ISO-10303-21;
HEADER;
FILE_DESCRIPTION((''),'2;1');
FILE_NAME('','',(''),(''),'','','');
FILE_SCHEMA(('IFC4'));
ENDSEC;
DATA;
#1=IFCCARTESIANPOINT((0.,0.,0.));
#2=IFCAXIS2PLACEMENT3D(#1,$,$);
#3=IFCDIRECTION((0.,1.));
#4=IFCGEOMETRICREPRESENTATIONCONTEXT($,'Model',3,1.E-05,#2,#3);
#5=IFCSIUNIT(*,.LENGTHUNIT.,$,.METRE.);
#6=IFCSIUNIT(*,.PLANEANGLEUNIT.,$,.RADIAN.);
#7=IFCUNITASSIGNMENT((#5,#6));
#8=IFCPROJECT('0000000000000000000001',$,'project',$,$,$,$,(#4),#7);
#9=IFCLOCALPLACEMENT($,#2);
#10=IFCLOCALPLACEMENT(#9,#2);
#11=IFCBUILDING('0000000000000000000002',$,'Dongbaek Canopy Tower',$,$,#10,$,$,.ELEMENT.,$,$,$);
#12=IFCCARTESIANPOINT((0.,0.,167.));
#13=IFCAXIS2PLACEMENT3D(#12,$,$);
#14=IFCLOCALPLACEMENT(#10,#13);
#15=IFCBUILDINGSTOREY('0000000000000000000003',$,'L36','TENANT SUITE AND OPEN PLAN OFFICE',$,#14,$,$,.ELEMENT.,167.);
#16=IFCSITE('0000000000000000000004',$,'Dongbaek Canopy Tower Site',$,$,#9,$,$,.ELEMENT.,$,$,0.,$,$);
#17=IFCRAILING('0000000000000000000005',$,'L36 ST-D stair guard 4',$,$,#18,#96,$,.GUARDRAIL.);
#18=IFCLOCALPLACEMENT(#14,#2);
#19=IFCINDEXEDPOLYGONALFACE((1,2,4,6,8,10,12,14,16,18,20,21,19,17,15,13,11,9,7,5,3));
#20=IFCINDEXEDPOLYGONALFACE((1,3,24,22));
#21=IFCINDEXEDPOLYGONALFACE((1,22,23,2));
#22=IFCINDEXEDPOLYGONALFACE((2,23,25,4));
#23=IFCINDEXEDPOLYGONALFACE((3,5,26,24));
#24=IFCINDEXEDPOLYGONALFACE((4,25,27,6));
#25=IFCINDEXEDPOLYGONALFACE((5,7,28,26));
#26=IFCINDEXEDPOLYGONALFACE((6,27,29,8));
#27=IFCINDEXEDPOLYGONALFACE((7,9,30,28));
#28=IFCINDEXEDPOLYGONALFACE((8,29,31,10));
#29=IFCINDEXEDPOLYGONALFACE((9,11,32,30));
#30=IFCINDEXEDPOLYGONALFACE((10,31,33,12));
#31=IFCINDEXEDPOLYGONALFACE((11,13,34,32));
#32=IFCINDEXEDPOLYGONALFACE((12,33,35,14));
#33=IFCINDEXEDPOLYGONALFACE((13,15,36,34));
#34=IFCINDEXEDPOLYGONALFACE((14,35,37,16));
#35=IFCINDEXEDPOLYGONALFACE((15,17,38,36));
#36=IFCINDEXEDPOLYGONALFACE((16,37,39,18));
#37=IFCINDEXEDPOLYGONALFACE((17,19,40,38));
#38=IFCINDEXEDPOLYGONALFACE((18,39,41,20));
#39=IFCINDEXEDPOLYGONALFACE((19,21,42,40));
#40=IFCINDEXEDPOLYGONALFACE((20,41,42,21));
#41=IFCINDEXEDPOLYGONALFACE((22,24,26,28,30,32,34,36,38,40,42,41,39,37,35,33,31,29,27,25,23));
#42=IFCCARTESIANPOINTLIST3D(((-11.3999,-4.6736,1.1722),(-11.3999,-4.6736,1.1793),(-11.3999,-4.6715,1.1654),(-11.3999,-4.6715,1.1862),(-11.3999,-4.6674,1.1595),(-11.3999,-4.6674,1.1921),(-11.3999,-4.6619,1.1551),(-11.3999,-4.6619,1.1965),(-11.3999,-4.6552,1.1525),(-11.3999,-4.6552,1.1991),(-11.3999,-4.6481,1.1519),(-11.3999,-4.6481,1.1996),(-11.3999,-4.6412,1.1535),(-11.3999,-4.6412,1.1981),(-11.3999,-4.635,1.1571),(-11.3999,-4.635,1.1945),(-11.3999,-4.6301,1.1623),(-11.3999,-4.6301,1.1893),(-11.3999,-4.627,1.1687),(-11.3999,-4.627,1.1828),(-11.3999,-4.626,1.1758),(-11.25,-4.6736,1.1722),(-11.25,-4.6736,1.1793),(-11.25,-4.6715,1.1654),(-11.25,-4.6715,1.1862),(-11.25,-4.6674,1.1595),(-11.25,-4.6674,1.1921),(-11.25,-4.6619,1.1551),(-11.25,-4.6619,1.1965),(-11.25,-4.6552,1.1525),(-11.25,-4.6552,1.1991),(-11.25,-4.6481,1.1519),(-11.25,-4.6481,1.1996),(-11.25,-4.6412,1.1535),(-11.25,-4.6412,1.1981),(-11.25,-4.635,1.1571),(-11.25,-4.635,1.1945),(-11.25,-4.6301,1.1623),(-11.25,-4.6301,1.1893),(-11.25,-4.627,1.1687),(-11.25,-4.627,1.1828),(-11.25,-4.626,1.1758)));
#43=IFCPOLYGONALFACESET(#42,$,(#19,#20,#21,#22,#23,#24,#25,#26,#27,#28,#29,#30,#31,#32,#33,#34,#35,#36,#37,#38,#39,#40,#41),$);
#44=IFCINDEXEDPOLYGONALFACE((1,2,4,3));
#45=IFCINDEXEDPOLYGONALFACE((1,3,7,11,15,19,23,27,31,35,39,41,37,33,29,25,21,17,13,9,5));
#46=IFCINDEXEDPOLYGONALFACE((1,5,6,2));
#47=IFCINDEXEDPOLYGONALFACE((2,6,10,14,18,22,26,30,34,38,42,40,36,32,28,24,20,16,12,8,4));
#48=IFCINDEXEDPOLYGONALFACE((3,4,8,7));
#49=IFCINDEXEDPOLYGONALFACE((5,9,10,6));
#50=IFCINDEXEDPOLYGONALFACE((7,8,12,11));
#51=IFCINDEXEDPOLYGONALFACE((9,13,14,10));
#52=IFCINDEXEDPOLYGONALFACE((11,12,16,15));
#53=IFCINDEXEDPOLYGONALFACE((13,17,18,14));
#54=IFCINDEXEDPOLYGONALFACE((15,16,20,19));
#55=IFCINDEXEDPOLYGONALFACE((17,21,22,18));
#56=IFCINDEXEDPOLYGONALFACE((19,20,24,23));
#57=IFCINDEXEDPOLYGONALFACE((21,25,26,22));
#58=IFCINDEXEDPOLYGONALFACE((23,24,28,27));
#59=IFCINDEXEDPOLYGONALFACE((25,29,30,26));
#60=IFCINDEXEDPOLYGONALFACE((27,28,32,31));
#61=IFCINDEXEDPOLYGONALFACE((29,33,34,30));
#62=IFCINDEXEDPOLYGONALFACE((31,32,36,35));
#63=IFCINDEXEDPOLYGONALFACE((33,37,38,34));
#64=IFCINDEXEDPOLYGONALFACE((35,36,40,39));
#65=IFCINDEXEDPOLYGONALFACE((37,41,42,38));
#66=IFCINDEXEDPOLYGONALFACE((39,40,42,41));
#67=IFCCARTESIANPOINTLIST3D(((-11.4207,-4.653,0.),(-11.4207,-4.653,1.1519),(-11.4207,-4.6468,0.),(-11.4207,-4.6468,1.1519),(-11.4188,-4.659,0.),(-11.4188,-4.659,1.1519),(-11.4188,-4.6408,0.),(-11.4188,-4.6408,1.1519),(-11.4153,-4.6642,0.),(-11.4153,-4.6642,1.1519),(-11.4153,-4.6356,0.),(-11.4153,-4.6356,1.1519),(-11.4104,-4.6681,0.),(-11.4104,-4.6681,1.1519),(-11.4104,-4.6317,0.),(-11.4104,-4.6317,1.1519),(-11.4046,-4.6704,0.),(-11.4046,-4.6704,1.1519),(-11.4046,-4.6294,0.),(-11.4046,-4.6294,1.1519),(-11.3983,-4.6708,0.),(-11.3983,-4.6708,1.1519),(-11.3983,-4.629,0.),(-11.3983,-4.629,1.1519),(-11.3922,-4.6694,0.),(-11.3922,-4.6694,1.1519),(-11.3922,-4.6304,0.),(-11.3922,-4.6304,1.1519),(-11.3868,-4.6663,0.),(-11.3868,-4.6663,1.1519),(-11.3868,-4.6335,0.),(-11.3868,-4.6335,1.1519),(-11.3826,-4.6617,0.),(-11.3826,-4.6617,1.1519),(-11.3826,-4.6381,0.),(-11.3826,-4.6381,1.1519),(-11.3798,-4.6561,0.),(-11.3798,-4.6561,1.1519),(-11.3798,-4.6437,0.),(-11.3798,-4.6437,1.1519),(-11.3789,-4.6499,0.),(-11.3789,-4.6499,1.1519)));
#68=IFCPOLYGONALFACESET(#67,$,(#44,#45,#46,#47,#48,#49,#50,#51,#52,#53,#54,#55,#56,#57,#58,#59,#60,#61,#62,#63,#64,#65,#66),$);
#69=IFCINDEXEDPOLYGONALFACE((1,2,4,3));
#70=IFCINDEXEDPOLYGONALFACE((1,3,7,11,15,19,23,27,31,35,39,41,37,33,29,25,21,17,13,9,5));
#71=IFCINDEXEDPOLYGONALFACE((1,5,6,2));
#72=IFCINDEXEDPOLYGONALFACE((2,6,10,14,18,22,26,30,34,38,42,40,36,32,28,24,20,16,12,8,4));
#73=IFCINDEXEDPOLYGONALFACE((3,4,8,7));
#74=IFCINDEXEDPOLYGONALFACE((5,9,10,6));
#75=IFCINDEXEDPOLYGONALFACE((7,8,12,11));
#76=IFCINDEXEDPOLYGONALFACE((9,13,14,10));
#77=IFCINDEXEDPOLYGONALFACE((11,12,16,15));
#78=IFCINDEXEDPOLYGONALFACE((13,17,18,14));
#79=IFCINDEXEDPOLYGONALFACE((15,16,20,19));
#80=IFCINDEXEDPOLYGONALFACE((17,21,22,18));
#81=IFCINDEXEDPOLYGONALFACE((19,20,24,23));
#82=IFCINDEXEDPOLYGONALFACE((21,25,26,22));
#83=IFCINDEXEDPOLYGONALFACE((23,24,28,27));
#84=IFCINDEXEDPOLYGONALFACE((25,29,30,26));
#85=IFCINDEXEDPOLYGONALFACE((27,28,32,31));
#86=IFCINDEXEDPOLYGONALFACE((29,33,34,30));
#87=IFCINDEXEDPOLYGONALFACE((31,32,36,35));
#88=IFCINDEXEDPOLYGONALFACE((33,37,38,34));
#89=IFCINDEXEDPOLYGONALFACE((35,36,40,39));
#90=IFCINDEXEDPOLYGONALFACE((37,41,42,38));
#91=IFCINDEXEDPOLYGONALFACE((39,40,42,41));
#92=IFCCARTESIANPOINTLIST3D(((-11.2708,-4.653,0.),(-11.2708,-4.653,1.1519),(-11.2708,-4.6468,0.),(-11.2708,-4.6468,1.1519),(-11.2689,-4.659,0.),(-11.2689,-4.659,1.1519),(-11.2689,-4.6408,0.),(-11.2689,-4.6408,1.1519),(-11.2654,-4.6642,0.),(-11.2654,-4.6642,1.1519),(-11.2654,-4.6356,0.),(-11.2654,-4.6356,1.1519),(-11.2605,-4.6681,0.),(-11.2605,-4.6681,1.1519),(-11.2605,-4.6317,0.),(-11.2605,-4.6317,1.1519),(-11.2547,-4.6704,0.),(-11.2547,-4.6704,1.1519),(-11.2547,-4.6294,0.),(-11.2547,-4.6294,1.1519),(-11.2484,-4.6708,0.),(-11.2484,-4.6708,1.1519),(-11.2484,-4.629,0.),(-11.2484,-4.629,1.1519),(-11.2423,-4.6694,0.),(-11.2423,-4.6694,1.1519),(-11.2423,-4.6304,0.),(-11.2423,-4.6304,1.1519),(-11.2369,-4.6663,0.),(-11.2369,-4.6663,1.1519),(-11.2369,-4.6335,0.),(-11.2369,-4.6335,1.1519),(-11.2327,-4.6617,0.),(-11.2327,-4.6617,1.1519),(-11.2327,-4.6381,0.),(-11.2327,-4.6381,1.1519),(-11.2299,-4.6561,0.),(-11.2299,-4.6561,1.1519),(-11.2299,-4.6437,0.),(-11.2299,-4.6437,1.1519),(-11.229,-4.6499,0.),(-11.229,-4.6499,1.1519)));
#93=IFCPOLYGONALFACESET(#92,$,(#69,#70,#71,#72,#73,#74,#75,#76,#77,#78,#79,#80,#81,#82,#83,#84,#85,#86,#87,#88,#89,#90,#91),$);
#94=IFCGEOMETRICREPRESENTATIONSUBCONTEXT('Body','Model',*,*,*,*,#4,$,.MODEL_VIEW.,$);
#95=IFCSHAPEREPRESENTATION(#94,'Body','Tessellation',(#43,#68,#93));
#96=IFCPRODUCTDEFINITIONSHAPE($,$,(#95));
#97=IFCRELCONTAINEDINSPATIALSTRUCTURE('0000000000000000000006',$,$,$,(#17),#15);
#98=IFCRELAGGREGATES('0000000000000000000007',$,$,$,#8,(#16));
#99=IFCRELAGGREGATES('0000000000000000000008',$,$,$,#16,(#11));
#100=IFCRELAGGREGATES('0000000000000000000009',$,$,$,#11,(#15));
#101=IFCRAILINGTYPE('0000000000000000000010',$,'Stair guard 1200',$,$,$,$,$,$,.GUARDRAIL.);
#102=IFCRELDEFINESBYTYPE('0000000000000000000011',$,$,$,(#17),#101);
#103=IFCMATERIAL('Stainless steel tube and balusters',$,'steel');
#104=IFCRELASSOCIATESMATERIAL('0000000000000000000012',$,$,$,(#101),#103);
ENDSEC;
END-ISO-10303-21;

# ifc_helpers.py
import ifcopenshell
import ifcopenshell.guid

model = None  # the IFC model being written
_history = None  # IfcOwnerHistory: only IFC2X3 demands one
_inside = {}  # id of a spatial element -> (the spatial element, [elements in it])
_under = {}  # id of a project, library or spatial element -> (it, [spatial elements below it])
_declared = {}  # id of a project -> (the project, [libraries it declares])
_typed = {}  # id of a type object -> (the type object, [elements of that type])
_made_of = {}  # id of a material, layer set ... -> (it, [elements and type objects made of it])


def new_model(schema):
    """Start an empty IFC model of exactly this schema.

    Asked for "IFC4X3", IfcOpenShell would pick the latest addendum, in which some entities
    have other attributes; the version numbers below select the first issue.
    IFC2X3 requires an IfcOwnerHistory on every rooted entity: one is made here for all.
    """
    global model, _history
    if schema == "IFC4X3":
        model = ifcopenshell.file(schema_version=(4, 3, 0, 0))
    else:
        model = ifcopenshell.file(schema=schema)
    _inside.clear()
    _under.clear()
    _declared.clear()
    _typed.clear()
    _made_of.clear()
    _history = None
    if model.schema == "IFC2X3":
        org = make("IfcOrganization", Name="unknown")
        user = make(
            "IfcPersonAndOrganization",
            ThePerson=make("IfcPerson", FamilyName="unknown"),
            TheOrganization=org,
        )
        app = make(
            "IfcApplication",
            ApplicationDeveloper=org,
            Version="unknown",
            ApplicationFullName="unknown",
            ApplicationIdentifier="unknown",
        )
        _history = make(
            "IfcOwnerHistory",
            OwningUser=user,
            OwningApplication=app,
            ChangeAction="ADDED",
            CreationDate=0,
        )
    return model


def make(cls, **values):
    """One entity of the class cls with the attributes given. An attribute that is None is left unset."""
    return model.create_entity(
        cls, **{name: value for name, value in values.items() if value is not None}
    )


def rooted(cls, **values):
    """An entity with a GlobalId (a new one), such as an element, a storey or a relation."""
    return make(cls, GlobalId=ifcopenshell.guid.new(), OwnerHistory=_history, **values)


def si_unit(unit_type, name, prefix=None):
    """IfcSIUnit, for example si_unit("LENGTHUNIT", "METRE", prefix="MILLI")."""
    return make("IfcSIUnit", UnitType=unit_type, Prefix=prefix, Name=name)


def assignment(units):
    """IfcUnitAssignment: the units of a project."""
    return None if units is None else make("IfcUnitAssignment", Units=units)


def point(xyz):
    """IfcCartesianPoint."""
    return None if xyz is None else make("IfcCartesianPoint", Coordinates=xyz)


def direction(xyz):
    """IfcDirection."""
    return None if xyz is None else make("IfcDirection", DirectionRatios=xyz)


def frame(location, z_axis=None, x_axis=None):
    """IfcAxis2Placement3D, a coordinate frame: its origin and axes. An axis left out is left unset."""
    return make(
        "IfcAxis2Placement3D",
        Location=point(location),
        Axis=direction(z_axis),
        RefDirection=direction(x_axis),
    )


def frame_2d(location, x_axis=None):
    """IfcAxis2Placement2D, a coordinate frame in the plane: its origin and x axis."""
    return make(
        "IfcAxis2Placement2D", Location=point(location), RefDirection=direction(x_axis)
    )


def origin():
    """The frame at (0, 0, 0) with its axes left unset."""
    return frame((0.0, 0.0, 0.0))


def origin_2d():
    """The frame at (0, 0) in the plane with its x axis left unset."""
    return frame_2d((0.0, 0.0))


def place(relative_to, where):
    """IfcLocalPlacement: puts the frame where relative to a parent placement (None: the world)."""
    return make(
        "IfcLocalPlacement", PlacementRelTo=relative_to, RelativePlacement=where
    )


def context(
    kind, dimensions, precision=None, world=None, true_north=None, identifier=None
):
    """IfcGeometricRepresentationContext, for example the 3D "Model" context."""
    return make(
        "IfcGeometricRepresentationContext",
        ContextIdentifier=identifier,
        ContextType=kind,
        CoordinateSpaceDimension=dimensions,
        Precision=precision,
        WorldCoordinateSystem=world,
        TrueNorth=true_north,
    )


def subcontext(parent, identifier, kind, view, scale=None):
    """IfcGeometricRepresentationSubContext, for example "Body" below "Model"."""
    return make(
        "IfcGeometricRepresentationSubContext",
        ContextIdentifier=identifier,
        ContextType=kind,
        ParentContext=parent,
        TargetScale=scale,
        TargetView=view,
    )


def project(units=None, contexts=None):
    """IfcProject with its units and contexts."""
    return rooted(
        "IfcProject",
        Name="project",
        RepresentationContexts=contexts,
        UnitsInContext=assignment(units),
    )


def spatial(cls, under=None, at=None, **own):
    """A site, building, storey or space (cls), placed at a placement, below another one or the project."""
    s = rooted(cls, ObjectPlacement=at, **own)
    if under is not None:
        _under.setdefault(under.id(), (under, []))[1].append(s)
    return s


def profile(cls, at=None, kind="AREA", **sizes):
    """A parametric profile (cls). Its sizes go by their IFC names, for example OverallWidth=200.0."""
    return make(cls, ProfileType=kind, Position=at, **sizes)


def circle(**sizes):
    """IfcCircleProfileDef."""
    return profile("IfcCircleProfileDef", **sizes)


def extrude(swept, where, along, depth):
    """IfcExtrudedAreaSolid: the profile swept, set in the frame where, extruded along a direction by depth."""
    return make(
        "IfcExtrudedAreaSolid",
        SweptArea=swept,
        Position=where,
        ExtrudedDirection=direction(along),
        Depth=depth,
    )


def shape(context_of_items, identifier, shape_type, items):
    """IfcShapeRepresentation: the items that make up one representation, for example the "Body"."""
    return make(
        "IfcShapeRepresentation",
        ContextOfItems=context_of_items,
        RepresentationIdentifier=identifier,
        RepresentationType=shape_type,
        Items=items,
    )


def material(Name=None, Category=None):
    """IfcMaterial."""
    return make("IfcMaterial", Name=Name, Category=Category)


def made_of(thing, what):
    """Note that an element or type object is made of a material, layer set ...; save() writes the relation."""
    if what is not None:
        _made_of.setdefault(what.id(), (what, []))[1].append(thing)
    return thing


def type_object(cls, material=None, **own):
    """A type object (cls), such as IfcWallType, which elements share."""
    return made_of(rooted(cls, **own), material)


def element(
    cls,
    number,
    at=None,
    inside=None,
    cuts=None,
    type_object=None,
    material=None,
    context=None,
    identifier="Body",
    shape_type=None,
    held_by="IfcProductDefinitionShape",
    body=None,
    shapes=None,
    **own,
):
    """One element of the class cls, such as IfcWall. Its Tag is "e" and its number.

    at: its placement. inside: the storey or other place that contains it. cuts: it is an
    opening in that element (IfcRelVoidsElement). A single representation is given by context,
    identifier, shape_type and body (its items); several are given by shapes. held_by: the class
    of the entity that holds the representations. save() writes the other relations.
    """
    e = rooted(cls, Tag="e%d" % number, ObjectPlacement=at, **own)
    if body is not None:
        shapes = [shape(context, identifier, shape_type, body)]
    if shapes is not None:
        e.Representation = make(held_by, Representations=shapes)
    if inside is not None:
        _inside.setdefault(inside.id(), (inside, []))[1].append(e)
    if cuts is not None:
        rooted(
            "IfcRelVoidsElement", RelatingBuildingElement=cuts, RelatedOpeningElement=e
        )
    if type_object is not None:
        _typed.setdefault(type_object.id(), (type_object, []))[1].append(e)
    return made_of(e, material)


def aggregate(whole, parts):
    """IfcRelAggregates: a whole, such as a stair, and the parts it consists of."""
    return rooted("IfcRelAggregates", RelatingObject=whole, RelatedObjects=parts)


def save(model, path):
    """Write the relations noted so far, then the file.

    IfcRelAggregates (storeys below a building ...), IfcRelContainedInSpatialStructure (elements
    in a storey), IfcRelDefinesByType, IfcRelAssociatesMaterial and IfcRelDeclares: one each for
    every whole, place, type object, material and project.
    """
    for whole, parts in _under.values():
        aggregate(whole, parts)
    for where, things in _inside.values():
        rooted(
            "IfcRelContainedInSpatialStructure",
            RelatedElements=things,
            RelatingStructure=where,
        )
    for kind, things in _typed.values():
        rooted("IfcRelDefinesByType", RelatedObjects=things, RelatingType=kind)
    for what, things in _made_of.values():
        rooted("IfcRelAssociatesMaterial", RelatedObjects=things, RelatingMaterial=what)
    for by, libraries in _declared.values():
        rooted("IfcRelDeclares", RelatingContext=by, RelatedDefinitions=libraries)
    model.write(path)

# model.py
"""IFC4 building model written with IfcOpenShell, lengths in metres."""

from ifc_helpers import new_model, si_unit, direction, frame, origin, origin_2d, place, context, subcontext, project, spatial, circle, extrude, material, type_object, element, save


model = new_model("IFC4")

# Units and contexts
model_context = context("Model", 3, precision=1e-05, world=origin(), true_north=direction((0.0, 1.0)))
body_context = subcontext(model_context, "Body", "Model", "MODEL_VIEW")
ifc_project = project(units=[si_unit("LENGTHUNIT", "METRE"), si_unit("PLANEANGLEUNIT", "RADIAN")], contexts=[model_context])

# Site, building, storey
site_placement = place(None, origin())
site = spatial("IfcSite", under=ifc_project, at=site_placement, Name="Dongbaek Canopy Tower Site", CompositionType="ELEMENT", RefElevation=0.0)
building_placement = place(site_placement, origin())
building = spatial("IfcBuilding", under=site, at=building_placement, Name="Dongbaek Canopy Tower", CompositionType="ELEMENT")
storey_placement = place(building_placement, frame((0.0, 0.0, 167.0)))
storey = spatial("IfcBuildingStorey", under=building, at=storey_placement, Name="L36", Description="TENANT SUITE AND OPEN PLAN OFFICE", CompositionType="ELEMENT", Elevation=167.0)

# Railing
ifc_material_1 = material(Name="Stainless steel tube and balusters", Category="steel")
railing_type_1 = type_object("IfcRailingType", Name="Stair guard 1200", PredefinedType="GUARDRAIL", material=ifc_material_1)
railing_1_placement = place(storey_placement, frame((-11.3999, -4.6499, 0.0)))
element("IfcRailing", 1, at=railing_1_placement, inside=storey, type_object=railing_type_1, Name="L36 ST-D stair guard 4", PredefinedType="GUARDRAIL", context=body_context, shape_type="SweptSolid", body=[
    extrude(circle(Radius=0.0239, at=origin_2d()), frame((0.0, 0.0, 1.1758), z_axis=(1.0, 0.0, 0.0), x_axis=(0.0, 1.0, 0.0)), (0.0, 0.0, 1.0), 0.1499),
    extrude(circle(Radius=0.021, at=origin_2d()), origin(), (0.0, 0.0, 1.0), 1.1519),
    extrude(circle(Radius=0.021, at=origin_2d()), frame((0.1499, 0.0, 0.0)), (0.0, 0.0, 1.0), 1.1519),
])

save(model, "model.ifc")
